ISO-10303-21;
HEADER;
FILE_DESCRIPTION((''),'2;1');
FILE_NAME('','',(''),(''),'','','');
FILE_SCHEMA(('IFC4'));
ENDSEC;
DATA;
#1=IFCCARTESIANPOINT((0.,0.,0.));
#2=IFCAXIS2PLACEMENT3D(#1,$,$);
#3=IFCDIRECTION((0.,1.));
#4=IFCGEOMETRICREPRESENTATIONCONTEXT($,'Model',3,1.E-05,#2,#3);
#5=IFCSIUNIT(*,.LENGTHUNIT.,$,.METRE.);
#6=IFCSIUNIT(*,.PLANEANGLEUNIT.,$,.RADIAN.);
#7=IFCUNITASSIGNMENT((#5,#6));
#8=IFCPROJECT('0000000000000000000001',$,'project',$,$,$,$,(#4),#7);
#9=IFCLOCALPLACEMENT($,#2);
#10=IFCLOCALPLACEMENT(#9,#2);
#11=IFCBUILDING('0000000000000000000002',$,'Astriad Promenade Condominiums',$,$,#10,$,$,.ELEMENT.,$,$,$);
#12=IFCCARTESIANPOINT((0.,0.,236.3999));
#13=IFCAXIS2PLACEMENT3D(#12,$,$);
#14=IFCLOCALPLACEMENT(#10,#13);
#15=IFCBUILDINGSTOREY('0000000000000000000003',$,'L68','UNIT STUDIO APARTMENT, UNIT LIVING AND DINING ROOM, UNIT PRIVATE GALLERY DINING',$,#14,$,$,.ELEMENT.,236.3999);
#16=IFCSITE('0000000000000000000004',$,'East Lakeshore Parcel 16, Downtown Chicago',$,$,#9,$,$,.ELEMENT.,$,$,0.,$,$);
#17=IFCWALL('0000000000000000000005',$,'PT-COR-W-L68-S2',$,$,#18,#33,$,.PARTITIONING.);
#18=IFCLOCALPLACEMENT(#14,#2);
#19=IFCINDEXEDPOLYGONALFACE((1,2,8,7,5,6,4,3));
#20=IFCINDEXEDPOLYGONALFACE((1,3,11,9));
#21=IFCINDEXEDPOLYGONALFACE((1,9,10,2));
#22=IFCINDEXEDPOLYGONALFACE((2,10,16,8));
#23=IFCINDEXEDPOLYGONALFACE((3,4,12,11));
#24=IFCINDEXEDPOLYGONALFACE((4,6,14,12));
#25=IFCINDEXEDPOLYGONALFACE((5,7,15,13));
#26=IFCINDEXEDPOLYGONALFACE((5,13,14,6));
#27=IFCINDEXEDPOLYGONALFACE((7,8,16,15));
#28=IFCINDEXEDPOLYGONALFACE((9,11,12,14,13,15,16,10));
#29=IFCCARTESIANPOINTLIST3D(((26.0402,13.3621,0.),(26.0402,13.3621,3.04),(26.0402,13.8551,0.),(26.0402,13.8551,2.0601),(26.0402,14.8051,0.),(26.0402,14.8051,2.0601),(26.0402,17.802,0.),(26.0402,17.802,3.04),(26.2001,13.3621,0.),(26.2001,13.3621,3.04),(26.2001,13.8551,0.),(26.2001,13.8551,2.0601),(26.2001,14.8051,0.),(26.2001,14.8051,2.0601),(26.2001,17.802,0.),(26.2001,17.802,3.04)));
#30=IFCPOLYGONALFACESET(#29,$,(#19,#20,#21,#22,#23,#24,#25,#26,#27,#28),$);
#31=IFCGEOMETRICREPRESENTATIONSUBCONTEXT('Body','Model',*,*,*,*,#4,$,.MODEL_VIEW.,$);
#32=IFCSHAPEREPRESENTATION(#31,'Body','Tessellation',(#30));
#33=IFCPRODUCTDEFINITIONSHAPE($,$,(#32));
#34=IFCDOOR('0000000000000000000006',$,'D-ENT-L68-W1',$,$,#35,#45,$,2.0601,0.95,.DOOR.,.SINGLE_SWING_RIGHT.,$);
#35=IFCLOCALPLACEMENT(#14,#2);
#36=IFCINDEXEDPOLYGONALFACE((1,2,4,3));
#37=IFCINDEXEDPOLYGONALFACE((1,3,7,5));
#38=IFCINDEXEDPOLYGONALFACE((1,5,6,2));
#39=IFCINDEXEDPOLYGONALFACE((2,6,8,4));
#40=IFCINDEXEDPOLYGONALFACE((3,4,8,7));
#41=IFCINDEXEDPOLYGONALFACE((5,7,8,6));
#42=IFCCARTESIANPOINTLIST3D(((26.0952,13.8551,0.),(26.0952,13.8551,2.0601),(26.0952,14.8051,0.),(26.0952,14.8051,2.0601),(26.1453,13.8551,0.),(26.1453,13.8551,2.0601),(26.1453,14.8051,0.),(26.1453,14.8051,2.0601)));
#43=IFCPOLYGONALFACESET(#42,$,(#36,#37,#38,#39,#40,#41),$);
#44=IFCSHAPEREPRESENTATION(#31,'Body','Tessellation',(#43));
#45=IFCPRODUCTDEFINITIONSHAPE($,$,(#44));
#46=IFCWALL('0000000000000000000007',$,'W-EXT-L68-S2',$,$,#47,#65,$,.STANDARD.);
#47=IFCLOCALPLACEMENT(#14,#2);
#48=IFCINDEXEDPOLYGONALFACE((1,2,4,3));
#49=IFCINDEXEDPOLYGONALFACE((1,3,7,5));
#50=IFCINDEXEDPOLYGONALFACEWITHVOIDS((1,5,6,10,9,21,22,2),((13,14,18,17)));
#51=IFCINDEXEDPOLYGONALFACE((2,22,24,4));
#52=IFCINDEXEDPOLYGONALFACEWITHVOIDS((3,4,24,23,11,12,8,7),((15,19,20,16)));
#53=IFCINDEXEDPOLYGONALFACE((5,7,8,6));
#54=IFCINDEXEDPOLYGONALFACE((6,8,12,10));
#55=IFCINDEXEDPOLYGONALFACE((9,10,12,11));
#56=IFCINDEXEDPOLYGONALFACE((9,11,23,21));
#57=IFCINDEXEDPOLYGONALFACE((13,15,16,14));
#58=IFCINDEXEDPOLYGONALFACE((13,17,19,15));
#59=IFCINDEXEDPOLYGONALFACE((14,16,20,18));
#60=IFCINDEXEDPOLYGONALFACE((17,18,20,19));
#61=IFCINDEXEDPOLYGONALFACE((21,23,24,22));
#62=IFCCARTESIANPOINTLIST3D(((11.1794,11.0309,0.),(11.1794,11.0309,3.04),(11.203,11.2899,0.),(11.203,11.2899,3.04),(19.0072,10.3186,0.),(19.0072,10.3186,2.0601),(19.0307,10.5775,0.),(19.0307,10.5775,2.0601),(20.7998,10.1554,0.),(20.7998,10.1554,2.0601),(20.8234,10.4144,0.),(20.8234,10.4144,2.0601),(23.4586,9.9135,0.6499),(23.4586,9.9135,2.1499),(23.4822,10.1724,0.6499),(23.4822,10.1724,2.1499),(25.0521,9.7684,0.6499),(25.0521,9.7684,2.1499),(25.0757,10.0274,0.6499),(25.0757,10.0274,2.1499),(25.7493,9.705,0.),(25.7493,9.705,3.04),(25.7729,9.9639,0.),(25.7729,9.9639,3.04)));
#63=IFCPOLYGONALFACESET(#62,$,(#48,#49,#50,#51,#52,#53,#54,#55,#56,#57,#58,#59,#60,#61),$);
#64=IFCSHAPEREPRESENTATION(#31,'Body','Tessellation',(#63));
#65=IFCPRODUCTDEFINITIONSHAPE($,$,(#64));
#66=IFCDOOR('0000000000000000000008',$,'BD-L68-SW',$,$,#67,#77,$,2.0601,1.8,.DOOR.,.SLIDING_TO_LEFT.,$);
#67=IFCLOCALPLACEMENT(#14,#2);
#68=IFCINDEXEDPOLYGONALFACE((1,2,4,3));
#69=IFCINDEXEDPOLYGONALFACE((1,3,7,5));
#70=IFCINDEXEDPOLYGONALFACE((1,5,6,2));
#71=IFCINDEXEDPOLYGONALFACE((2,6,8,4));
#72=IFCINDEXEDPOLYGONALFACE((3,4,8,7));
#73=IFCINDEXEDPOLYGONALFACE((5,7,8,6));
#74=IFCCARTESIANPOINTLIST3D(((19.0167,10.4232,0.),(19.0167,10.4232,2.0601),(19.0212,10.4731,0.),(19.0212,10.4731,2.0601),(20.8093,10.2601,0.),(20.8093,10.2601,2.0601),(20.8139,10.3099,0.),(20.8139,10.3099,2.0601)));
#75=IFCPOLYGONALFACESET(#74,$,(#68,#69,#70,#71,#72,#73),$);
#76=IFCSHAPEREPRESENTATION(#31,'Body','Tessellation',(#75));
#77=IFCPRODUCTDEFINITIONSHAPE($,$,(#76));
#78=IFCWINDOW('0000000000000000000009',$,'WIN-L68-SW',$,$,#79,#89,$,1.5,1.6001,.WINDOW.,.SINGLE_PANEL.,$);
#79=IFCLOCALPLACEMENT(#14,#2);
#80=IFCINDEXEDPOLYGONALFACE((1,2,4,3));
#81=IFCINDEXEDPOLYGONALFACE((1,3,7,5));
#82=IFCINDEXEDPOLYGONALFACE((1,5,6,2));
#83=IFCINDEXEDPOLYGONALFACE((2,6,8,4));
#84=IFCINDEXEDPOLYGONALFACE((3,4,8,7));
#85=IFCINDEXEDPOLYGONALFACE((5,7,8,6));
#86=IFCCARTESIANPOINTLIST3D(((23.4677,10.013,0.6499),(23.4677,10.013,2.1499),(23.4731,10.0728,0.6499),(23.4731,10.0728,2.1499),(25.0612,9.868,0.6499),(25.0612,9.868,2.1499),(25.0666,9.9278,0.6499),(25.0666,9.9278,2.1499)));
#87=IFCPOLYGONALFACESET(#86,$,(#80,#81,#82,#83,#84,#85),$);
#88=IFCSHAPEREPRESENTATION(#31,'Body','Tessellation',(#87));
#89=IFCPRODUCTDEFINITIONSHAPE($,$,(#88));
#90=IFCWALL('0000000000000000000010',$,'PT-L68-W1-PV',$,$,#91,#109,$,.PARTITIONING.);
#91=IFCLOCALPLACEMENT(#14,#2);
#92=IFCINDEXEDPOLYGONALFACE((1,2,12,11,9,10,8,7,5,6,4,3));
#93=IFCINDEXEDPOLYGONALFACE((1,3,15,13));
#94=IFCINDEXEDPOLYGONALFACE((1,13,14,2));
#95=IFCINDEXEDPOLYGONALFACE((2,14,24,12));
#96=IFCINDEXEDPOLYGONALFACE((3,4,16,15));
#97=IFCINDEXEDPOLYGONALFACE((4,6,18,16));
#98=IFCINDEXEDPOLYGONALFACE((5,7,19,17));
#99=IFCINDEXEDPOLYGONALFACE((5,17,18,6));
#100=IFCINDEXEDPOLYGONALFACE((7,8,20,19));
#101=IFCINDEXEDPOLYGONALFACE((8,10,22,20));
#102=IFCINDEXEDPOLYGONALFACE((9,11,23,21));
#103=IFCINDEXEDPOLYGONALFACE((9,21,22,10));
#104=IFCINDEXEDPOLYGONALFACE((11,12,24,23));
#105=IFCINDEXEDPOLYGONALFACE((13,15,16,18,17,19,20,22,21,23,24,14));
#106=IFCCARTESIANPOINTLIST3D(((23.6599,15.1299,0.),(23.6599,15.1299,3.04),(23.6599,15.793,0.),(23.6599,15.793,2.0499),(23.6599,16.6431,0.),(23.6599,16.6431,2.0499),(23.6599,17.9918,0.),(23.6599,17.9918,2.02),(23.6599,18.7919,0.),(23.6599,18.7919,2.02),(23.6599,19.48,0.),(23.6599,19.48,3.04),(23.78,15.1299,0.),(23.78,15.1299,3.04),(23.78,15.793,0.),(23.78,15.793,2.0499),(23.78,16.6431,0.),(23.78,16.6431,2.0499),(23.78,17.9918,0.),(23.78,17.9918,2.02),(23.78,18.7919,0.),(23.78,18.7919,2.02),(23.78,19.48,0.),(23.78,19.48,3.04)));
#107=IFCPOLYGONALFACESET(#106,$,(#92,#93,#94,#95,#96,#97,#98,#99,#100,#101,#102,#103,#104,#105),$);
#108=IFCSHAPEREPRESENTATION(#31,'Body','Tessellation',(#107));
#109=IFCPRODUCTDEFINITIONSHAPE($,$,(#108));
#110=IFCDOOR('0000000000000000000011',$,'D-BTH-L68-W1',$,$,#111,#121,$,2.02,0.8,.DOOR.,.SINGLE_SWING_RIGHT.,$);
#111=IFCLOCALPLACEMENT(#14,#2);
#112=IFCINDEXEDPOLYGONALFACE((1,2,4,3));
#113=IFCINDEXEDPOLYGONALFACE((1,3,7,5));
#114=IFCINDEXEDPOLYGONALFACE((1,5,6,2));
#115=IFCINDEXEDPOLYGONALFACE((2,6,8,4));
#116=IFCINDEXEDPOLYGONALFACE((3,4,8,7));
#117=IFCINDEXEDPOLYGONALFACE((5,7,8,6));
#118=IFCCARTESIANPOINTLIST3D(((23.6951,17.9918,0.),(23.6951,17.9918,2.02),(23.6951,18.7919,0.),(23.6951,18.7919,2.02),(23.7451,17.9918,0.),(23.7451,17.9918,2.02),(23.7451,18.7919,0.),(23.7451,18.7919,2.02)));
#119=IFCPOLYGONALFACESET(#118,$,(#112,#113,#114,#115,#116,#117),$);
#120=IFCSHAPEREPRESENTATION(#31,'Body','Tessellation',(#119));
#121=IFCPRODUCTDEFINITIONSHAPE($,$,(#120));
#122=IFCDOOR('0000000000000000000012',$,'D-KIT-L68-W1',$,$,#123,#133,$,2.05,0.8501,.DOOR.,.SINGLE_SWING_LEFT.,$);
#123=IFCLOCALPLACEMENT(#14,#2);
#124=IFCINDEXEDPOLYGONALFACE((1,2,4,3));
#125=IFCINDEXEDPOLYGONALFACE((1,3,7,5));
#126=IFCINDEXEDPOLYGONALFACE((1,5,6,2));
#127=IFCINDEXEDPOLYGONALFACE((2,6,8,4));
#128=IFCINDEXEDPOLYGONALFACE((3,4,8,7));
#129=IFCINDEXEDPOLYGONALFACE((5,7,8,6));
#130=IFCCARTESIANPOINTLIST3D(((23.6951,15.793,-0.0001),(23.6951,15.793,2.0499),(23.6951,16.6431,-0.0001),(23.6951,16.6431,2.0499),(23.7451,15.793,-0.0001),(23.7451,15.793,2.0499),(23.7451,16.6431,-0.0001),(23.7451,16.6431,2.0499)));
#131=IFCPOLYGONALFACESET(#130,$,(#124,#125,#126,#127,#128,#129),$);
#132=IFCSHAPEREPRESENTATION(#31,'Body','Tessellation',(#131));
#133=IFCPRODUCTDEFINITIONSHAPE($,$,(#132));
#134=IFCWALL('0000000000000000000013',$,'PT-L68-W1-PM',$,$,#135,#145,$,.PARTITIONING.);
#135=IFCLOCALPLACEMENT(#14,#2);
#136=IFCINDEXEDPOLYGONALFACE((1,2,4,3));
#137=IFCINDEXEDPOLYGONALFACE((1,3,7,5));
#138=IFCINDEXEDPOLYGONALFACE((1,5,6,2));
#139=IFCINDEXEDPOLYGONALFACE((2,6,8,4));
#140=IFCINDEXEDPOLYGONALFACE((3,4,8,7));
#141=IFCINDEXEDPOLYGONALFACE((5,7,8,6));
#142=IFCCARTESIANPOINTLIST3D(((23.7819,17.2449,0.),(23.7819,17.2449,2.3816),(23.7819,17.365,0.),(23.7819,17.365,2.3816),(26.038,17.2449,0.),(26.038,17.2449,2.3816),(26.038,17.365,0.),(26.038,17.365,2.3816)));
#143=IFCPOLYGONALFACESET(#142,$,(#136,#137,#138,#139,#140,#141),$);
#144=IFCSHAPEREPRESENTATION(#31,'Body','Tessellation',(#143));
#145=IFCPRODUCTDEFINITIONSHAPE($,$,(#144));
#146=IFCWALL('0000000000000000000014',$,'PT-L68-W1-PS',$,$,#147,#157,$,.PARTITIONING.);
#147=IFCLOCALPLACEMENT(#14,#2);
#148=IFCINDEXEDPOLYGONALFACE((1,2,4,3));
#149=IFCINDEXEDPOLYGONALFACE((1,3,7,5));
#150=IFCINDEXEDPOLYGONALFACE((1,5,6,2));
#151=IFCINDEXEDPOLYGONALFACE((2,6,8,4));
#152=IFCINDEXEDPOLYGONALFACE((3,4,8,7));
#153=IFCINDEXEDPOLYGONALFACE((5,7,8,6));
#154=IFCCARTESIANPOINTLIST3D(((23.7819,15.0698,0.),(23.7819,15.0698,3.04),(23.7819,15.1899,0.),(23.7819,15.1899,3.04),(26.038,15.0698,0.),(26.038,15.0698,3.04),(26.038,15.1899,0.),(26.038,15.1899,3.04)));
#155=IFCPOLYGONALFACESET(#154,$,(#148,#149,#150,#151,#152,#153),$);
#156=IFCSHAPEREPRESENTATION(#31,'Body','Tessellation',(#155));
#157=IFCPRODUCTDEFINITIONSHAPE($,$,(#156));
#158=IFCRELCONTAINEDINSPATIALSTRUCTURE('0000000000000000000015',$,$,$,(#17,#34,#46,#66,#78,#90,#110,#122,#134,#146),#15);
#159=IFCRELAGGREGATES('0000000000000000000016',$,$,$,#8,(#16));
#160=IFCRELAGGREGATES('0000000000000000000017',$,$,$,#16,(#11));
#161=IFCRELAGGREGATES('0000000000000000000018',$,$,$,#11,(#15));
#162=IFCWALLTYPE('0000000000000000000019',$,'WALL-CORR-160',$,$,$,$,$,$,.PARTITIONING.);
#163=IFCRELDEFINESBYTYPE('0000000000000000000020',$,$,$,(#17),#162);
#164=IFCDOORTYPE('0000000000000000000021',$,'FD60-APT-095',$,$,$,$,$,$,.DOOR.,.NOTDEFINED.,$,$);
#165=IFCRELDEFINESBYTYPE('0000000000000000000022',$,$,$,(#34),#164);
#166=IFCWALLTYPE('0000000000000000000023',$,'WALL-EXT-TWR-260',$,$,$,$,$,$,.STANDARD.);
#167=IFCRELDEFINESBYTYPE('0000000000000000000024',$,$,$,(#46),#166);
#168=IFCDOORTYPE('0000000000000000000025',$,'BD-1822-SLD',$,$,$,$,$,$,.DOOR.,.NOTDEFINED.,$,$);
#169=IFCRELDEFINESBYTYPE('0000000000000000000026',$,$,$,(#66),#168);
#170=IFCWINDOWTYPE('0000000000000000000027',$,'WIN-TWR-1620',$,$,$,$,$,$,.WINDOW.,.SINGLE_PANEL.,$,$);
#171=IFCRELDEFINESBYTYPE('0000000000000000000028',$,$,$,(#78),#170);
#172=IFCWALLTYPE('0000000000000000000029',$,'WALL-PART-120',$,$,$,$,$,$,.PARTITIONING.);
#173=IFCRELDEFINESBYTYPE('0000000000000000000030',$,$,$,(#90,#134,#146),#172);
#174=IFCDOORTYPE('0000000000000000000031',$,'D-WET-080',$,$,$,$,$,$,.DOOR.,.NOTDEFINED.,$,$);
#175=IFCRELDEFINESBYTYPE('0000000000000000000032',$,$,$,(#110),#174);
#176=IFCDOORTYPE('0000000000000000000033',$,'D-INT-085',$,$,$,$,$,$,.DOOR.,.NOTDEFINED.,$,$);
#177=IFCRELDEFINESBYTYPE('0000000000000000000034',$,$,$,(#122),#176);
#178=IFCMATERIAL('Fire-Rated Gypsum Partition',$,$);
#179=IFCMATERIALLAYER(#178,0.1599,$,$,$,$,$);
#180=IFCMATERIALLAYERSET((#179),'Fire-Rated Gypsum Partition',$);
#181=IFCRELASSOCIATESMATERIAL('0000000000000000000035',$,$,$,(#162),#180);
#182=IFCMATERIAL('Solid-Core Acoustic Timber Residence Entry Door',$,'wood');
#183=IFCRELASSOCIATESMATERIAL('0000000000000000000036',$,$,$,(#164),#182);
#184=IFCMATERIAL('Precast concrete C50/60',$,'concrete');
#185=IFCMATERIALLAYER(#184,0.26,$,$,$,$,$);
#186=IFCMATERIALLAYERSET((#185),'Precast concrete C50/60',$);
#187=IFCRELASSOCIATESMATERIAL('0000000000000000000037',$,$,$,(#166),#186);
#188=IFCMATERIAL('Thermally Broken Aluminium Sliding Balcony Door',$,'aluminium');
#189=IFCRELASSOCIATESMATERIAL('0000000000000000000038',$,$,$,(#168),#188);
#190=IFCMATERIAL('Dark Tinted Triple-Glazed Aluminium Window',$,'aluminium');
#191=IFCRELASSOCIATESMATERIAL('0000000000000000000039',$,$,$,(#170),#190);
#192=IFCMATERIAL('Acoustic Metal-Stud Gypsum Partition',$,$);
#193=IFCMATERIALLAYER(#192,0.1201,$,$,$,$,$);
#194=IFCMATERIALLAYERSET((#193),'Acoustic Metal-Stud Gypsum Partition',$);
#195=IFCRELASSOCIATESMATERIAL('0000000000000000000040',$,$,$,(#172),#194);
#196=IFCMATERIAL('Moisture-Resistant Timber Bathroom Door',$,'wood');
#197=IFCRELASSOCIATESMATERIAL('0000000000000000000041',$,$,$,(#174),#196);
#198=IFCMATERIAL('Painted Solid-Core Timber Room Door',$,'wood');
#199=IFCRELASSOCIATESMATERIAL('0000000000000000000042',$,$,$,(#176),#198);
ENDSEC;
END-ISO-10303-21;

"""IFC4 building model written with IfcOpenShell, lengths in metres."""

from ifc_helpers import new_model, si_unit, direction, frame, frame_2d, origin, place, context, subcontext, project, spatial, rectangle, extrude, source, transform, mapped, material, layer, layer_set, type_object, type_shapes, element, fill, save


model = new_model("IFC4")

# Units and contexts
model_context = context("Model", 3, precision=1e-05, world=origin(), true_north=direction((0.0, 1.0)))
body_context = subcontext(model_context, "Body", "Model", "MODEL_VIEW")
ifc_project = project(units=[si_unit("LENGTHUNIT", "METRE"), si_unit("PLANEANGLEUNIT", "RADIAN")], contexts=[model_context])

# Site, building, storey
site_placement = place(None, origin())
site = spatial("IfcSite", under=ifc_project, at=site_placement, Name="East Lakeshore Parcel 16, Downtown Chicago", CompositionType="ELEMENT", RefElevation=0.0)
building_placement = place(site_placement, origin())
building = spatial("IfcBuilding", under=site, at=building_placement, Name="Astriad Promenade Condominiums", CompositionType="ELEMENT")
storey_placement = place(building_placement, frame((0.0, 0.0, 236.3999)))
storey = spatial("IfcBuildingStorey", under=building, at=storey_placement, Name="L68", Description="UNIT STUDIO APARTMENT, UNIT LIVING AND DINING ROOM, UNIT PRIVATE GALLERY DINING", CompositionType="ELEMENT", Elevation=236.3999)

# Shared definitions
ifc_material_1 = material(Name="Fire-Rated Gypsum Partition")
ifc_layer_1 = layer(ifc_material_1, 0.1599)
ifc_layer_set_1 = layer_set([ifc_layer_1], Name="Fire-Rated Gypsum Partition")
wall_type_1 = type_object("IfcWallType", Name="WALL-CORR-160", PredefinedType="PARTITIONING", material=ifc_layer_set_1)
ifc_material_2 = material(Name="Solid-Core Acoustic Timber Residence Entry Door", Category="wood")
door_type_1 = type_object("IfcDoorType", Name="FD60-APT-095", OperationType="NOTDEFINED", PredefinedType="DOOR", material=ifc_material_2)
shared_shape_1 = source(origin(), body_context, "Body", "SweptSolid", [
    extrude(rectangle(XDim=0.95, YDim=2.0601, at=frame_2d((0.4751, 1.03))), frame((0.0, 0.0249, 0.0), z_axis=(0.0, -1.0, 0.0), x_axis=(1.0, 0.0, 0.0)), (0.0, 0.0, 1.0), 0.05),
])
type_shapes(door_type_1, [shared_shape_1])

# Wall, opening, door
wall_1_placement = place(storey_placement, frame((26.1201, 13.3621, 0.0), z_axis=(0.0, 0.0, 1.0), x_axis=(0.0, 1.0, 0.0)))
wall_1 = element("IfcWall", 1, at=wall_1_placement, inside=storey, type_object=wall_type_1, Name="PT-COR-W-L68-S2", PredefinedType="PARTITIONING", context=body_context, shape_type="SweptSolid", body=[
    extrude(rectangle(XDim=4.4399, YDim=0.1599, at=frame_2d((2.22, 0.0))), origin(), (0.0, 0.0, 1.0), 3.04),
])
opening_1_placement = place(wall_1_placement, frame((0.4929, 0.0, 0.0)))
opening_1 = element("IfcOpeningElement", 2, at=opening_1_placement, cuts=wall_1, PredefinedType="OPENING", context=body_context, shape_type="SweptSolid", body=[
    extrude(rectangle(XDim=0.95, YDim=2.0601, at=frame_2d((0.4751, 1.03))), frame((0.0, 0.0898, 0.0), z_axis=(0.0, -1.0, 0.0), x_axis=(1.0, 0.0, 0.0)), (0.0, 0.0, 1.0), 0.1799),
])
door_1_placement = place(opening_1_placement, origin())
door_1 = element("IfcDoor", 3, at=door_1_placement, inside=storey, type_object=door_type_1, Name="D-ENT-L68-W1", OperationType="SINGLE_SWING_RIGHT", OverallHeight=2.0601, OverallWidth=0.95, PredefinedType="DOOR", context=body_context, shape_type="MappedRepresentation", body=[
    mapped(shared_shape_1, transform((0.0, 0.0, 0.0), scale=1.0)),
])
fill(opening_1, door_1)

# Wall, openings, door, window
ifc_material_3 = material(Name="Precast concrete C50/60", Category="concrete")
ifc_layer_2 = layer(ifc_material_3, 0.26)
ifc_layer_set_2 = layer_set([ifc_layer_2], Name="Precast concrete C50/60")
wall_type_2 = type_object("IfcWallType", Name="WALL-EXT-TWR-260", PredefinedType="STANDARD", material=ifc_layer_set_2)
wall_2_placement = place(storey_placement, frame((25.761, 9.8345, 0.0), z_axis=(0.0, 0.0, 1.0), x_axis=(-0.995885, 0.090631, 0.0)))
wall_2 = element("IfcWall", 4, at=wall_2_placement, inside=storey, type_object=wall_type_2, Name="W-EXT-L68-S2", PredefinedType="STANDARD", context=body_context, shape_type="SweptSolid", body=[
    extrude(rectangle(XDim=14.6301, YDim=0.26, at=frame_2d((7.3149, 0.0))), origin(), (0.0, 0.0, 1.0), 3.04),
])
opening_2_placement = place(wall_2_placement, frame((4.97, 0.0, 0.0)))
opening_2 = element("IfcOpeningElement", 5, at=opening_2_placement, cuts=wall_2, PredefinedType="OPENING", context=body_context, shape_type="SweptSolid", body=[
    extrude(rectangle(XDim=1.8, YDim=2.0601, at=frame_2d((0.8999, 1.03))), frame((0.0, 0.1399, 0.0), z_axis=(0.0, -1.0, 0.0), x_axis=(1.0, 0.0, 0.0)), (0.0, 0.0, 1.0), 0.28),
])
opening_3_placement = place(wall_2_placement, frame((0.7, 0.0, 0.6499)))
opening_3 = element("IfcOpeningElement", 6, at=opening_3_placement, cuts=wall_2, PredefinedType="OPENING", context=body_context, shape_type="SweptSolid", body=[
    extrude(rectangle(XDim=1.6001, YDim=1.5, at=frame_2d((0.8, 0.75))), frame((0.0, 0.1399, 0.0), z_axis=(0.0, -1.0, 0.0), x_axis=(1.0, 0.0, 0.0)), (0.0, 0.0, 1.0), 0.28),
])
ifc_material_4 = material(Name="Thermally Broken Aluminium Sliding Balcony Door", Category="aluminium")
door_type_2 = type_object("IfcDoorType", Name="BD-1822-SLD", OperationType="NOTDEFINED", PredefinedType="DOOR", material=ifc_material_4)
shared_shape_2 = source(origin(), body_context, "Body", "SweptSolid", [
    extrude(rectangle(XDim=1.8, YDim=2.0601, at=frame_2d((0.8999, 1.03))), frame((0.0, 0.0249, 0.0), z_axis=(0.0, -1.0, 0.0), x_axis=(1.0, 0.0, 0.0)), (0.0, 0.0, 1.0), 0.05),
])
type_shapes(door_type_2, [shared_shape_2])
door_2_placement = place(opening_2_placement, origin())
door_2 = element("IfcDoor", 7, at=door_2_placement, inside=storey, type_object=door_type_2, Name="BD-L68-SW", OperationType="SLIDING_TO_LEFT", OverallHeight=2.0601, OverallWidth=1.8, PredefinedType="DOOR", context=body_context, shape_type="MappedRepresentation", body=[
    mapped(shared_shape_2, transform((0.0, 0.0, 0.0), scale=1.0)),
])
fill(opening_2, door_2)
ifc_material_5 = material(Name="Dark Tinted Triple-Glazed Aluminium Window", Category="aluminium")
window_type = type_object("IfcWindowType", Name="WIN-TWR-1620", PartitioningType="SINGLE_PANEL", PredefinedType="WINDOW", material=ifc_material_5)
shared_shape_3 = source(origin(), body_context, "Body", "SweptSolid", [
    extrude(rectangle(XDim=1.6001, YDim=1.5, at=frame_2d((0.8, 0.75))), frame((0.0, 0.03, 0.0), z_axis=(0.0, -1.0, 0.0), x_axis=(1.0, 0.0, 0.0)), (0.0, 0.0, 1.0), 0.0601),
])
type_shapes(window_type, [shared_shape_3])
window_placement = place(opening_3_placement, origin())
window = element("IfcWindow", 8, at=window_placement, inside=storey, type_object=window_type, Name="WIN-L68-SW", OverallHeight=1.5, OverallWidth=1.6001, PartitioningType="SINGLE_PANEL", PredefinedType="WINDOW", context=body_context, shape_type="MappedRepresentation", body=[
    mapped(shared_shape_3, transform((0.0, 0.0, 0.0), scale=1.0)),
])
fill(opening_3, window)

# Wall, openings, doors
ifc_material_6 = material(Name="Acoustic Metal-Stud Gypsum Partition")
ifc_layer_3 = layer(ifc_material_6, 0.1201)
ifc_layer_set_3 = layer_set([ifc_layer_3], Name="Acoustic Metal-Stud Gypsum Partition")
wall_type_3 = type_object("IfcWallType", Name="WALL-PART-120", PredefinedType="PARTITIONING", material=ifc_layer_set_3)
wall_3_placement = place(storey_placement, frame((23.72, 15.1299, 0.0), z_axis=(0.0, 0.0, 1.0), x_axis=(0.0, 1.0, 0.0)))
wall_3 = element("IfcWall", 9, at=wall_3_placement, inside=storey, type_object=wall_type_3, Name="PT-L68-W1-PV", PredefinedType="PARTITIONING", context=body_context, shape_type="SweptSolid", body=[
    extrude(rectangle(XDim=4.3501, YDim=0.1201, at=frame_2d((2.175, 0.0))), origin(), (0.0, 0.0, 1.0), 3.04),
])
opening_4_placement = place(wall_3_placement, frame((0.6631, 0.0, 0.0)))
opening_4 = element("IfcOpeningElement", 10, at=opening_4_placement, cuts=wall_3, PredefinedType="OPENING", context=body_context, shape_type="SweptSolid", body=[
    extrude(rectangle(XDim=0.8501, YDim=2.05, at=frame_2d((0.425, 1.0249))), frame((0.0, 0.0701, 0.0), z_axis=(0.0, -1.0, 0.0), x_axis=(1.0, 0.0, 0.0)), (0.0, 0.0, 1.0), 0.1401),
])
opening_5_placement = place(wall_3_placement, frame((2.8621, 0.0, 0.0)))
opening_5 = element("IfcOpeningElement", 11, at=opening_5_placement, cuts=wall_3, PredefinedType="OPENING", context=body_context, shape_type="SweptSolid", body=[
    extrude(rectangle(XDim=0.8, YDim=2.02, at=frame_2d((0.3999, 1.01))), frame((0.0, 0.0701, 0.0), z_axis=(0.0, -1.0, 0.0), x_axis=(1.0, 0.0, 0.0)), (0.0, 0.0, 1.0), 0.1401),
])
ifc_material_7 = material(Name="Moisture-Resistant Timber Bathroom Door", Category="wood")
door_type_3 = type_object("IfcDoorType", Name="D-WET-080", OperationType="NOTDEFINED", PredefinedType="DOOR", material=ifc_material_7)
shared_shape_4 = source(origin(), body_context, "Body", "SweptSolid", [
    extrude(rectangle(XDim=0.8, YDim=2.02, at=frame_2d((0.3999, 1.01))), frame((0.0, 0.0249, 0.0), z_axis=(0.0, -1.0, 0.0), x_axis=(1.0, 0.0, 0.0)), (0.0, 0.0, 1.0), 0.05),
])
type_shapes(door_type_3, [shared_shape_4])
door_3_placement = place(opening_5_placement, origin())
door_3 = element("IfcDoor", 12, at=door_3_placement, inside=storey, type_object=door_type_3, Name="D-BTH-L68-W1", OperationType="SINGLE_SWING_RIGHT", OverallHeight=2.02, OverallWidth=0.8, PredefinedType="DOOR", context=body_context, shape_type="MappedRepresentation", body=[
    mapped(shared_shape_4, transform((0.0, 0.0, 0.0), scale=1.0)),
])
fill(opening_5, door_3)
ifc_material_8 = material(Name="Painted Solid-Core Timber Room Door", Category="wood")
door_type_4 = type_object("IfcDoorType", Name="D-INT-085", OperationType="NOTDEFINED", PredefinedType="DOOR", material=ifc_material_8)
shared_shape_5 = source(origin(), body_context, "Body", "SweptSolid", [
    extrude(rectangle(XDim=0.8501, YDim=2.05, at=frame_2d((0.425, 1.0249))), frame((0.0, 0.0249, 0.0), z_axis=(0.0, -1.0, 0.0), x_axis=(1.0, 0.0, 0.0)), (0.0, 0.0, 1.0), 0.05),
])
type_shapes(door_type_4, [shared_shape_5])
door_4_placement = place(opening_4_placement, origin())
door_4 = element("IfcDoor", 13, at=door_4_placement, inside=storey, type_object=door_type_4, Name="D-KIT-L68-W1", OperationType="SINGLE_SWING_LEFT", OverallHeight=2.05, OverallWidth=0.8501, PredefinedType="DOOR", context=body_context, shape_type="MappedRepresentation", body=[
    mapped(shared_shape_5, transform((0.0, 0.0, 0.0), scale=1.0)),
])
fill(opening_4, door_4)

# Walls
wall_4_placement = place(storey_placement, frame((23.782, 17.3049, 0.0), z_axis=(0.0, 0.0, 1.0), x_axis=(1.0, 0.0, 0.0)))
element("IfcWall", 14, at=wall_4_placement, inside=storey, type_object=wall_type_3, Name="PT-L68-W1-PM", PredefinedType="PARTITIONING", context=body_context, shape_type="SweptSolid", body=[
    extrude(rectangle(XDim=2.2561, YDim=0.1201, at=frame_2d((1.1279, 0.0))), origin(), (0.0, 0.0, 1.0), 2.3816),
])
wall_5_placement = place(storey_placement, frame((23.782, 15.1299, 0.0), z_axis=(0.0, 0.0, 1.0), x_axis=(1.0, 0.0, 0.0)))
element("IfcWall", 15, at=wall_5_placement, inside=storey, type_object=wall_type_3, Name="PT-L68-W1-PS", PredefinedType="PARTITIONING", context=body_context, shape_type="SweptSolid", body=[
    extrude(rectangle(XDim=2.2561, YDim=0.1201, at=frame_2d((1.1279, 0.0))), origin(), (0.0, 0.0, 1.0), 3.04),
])

save(model, "model.ifc")
